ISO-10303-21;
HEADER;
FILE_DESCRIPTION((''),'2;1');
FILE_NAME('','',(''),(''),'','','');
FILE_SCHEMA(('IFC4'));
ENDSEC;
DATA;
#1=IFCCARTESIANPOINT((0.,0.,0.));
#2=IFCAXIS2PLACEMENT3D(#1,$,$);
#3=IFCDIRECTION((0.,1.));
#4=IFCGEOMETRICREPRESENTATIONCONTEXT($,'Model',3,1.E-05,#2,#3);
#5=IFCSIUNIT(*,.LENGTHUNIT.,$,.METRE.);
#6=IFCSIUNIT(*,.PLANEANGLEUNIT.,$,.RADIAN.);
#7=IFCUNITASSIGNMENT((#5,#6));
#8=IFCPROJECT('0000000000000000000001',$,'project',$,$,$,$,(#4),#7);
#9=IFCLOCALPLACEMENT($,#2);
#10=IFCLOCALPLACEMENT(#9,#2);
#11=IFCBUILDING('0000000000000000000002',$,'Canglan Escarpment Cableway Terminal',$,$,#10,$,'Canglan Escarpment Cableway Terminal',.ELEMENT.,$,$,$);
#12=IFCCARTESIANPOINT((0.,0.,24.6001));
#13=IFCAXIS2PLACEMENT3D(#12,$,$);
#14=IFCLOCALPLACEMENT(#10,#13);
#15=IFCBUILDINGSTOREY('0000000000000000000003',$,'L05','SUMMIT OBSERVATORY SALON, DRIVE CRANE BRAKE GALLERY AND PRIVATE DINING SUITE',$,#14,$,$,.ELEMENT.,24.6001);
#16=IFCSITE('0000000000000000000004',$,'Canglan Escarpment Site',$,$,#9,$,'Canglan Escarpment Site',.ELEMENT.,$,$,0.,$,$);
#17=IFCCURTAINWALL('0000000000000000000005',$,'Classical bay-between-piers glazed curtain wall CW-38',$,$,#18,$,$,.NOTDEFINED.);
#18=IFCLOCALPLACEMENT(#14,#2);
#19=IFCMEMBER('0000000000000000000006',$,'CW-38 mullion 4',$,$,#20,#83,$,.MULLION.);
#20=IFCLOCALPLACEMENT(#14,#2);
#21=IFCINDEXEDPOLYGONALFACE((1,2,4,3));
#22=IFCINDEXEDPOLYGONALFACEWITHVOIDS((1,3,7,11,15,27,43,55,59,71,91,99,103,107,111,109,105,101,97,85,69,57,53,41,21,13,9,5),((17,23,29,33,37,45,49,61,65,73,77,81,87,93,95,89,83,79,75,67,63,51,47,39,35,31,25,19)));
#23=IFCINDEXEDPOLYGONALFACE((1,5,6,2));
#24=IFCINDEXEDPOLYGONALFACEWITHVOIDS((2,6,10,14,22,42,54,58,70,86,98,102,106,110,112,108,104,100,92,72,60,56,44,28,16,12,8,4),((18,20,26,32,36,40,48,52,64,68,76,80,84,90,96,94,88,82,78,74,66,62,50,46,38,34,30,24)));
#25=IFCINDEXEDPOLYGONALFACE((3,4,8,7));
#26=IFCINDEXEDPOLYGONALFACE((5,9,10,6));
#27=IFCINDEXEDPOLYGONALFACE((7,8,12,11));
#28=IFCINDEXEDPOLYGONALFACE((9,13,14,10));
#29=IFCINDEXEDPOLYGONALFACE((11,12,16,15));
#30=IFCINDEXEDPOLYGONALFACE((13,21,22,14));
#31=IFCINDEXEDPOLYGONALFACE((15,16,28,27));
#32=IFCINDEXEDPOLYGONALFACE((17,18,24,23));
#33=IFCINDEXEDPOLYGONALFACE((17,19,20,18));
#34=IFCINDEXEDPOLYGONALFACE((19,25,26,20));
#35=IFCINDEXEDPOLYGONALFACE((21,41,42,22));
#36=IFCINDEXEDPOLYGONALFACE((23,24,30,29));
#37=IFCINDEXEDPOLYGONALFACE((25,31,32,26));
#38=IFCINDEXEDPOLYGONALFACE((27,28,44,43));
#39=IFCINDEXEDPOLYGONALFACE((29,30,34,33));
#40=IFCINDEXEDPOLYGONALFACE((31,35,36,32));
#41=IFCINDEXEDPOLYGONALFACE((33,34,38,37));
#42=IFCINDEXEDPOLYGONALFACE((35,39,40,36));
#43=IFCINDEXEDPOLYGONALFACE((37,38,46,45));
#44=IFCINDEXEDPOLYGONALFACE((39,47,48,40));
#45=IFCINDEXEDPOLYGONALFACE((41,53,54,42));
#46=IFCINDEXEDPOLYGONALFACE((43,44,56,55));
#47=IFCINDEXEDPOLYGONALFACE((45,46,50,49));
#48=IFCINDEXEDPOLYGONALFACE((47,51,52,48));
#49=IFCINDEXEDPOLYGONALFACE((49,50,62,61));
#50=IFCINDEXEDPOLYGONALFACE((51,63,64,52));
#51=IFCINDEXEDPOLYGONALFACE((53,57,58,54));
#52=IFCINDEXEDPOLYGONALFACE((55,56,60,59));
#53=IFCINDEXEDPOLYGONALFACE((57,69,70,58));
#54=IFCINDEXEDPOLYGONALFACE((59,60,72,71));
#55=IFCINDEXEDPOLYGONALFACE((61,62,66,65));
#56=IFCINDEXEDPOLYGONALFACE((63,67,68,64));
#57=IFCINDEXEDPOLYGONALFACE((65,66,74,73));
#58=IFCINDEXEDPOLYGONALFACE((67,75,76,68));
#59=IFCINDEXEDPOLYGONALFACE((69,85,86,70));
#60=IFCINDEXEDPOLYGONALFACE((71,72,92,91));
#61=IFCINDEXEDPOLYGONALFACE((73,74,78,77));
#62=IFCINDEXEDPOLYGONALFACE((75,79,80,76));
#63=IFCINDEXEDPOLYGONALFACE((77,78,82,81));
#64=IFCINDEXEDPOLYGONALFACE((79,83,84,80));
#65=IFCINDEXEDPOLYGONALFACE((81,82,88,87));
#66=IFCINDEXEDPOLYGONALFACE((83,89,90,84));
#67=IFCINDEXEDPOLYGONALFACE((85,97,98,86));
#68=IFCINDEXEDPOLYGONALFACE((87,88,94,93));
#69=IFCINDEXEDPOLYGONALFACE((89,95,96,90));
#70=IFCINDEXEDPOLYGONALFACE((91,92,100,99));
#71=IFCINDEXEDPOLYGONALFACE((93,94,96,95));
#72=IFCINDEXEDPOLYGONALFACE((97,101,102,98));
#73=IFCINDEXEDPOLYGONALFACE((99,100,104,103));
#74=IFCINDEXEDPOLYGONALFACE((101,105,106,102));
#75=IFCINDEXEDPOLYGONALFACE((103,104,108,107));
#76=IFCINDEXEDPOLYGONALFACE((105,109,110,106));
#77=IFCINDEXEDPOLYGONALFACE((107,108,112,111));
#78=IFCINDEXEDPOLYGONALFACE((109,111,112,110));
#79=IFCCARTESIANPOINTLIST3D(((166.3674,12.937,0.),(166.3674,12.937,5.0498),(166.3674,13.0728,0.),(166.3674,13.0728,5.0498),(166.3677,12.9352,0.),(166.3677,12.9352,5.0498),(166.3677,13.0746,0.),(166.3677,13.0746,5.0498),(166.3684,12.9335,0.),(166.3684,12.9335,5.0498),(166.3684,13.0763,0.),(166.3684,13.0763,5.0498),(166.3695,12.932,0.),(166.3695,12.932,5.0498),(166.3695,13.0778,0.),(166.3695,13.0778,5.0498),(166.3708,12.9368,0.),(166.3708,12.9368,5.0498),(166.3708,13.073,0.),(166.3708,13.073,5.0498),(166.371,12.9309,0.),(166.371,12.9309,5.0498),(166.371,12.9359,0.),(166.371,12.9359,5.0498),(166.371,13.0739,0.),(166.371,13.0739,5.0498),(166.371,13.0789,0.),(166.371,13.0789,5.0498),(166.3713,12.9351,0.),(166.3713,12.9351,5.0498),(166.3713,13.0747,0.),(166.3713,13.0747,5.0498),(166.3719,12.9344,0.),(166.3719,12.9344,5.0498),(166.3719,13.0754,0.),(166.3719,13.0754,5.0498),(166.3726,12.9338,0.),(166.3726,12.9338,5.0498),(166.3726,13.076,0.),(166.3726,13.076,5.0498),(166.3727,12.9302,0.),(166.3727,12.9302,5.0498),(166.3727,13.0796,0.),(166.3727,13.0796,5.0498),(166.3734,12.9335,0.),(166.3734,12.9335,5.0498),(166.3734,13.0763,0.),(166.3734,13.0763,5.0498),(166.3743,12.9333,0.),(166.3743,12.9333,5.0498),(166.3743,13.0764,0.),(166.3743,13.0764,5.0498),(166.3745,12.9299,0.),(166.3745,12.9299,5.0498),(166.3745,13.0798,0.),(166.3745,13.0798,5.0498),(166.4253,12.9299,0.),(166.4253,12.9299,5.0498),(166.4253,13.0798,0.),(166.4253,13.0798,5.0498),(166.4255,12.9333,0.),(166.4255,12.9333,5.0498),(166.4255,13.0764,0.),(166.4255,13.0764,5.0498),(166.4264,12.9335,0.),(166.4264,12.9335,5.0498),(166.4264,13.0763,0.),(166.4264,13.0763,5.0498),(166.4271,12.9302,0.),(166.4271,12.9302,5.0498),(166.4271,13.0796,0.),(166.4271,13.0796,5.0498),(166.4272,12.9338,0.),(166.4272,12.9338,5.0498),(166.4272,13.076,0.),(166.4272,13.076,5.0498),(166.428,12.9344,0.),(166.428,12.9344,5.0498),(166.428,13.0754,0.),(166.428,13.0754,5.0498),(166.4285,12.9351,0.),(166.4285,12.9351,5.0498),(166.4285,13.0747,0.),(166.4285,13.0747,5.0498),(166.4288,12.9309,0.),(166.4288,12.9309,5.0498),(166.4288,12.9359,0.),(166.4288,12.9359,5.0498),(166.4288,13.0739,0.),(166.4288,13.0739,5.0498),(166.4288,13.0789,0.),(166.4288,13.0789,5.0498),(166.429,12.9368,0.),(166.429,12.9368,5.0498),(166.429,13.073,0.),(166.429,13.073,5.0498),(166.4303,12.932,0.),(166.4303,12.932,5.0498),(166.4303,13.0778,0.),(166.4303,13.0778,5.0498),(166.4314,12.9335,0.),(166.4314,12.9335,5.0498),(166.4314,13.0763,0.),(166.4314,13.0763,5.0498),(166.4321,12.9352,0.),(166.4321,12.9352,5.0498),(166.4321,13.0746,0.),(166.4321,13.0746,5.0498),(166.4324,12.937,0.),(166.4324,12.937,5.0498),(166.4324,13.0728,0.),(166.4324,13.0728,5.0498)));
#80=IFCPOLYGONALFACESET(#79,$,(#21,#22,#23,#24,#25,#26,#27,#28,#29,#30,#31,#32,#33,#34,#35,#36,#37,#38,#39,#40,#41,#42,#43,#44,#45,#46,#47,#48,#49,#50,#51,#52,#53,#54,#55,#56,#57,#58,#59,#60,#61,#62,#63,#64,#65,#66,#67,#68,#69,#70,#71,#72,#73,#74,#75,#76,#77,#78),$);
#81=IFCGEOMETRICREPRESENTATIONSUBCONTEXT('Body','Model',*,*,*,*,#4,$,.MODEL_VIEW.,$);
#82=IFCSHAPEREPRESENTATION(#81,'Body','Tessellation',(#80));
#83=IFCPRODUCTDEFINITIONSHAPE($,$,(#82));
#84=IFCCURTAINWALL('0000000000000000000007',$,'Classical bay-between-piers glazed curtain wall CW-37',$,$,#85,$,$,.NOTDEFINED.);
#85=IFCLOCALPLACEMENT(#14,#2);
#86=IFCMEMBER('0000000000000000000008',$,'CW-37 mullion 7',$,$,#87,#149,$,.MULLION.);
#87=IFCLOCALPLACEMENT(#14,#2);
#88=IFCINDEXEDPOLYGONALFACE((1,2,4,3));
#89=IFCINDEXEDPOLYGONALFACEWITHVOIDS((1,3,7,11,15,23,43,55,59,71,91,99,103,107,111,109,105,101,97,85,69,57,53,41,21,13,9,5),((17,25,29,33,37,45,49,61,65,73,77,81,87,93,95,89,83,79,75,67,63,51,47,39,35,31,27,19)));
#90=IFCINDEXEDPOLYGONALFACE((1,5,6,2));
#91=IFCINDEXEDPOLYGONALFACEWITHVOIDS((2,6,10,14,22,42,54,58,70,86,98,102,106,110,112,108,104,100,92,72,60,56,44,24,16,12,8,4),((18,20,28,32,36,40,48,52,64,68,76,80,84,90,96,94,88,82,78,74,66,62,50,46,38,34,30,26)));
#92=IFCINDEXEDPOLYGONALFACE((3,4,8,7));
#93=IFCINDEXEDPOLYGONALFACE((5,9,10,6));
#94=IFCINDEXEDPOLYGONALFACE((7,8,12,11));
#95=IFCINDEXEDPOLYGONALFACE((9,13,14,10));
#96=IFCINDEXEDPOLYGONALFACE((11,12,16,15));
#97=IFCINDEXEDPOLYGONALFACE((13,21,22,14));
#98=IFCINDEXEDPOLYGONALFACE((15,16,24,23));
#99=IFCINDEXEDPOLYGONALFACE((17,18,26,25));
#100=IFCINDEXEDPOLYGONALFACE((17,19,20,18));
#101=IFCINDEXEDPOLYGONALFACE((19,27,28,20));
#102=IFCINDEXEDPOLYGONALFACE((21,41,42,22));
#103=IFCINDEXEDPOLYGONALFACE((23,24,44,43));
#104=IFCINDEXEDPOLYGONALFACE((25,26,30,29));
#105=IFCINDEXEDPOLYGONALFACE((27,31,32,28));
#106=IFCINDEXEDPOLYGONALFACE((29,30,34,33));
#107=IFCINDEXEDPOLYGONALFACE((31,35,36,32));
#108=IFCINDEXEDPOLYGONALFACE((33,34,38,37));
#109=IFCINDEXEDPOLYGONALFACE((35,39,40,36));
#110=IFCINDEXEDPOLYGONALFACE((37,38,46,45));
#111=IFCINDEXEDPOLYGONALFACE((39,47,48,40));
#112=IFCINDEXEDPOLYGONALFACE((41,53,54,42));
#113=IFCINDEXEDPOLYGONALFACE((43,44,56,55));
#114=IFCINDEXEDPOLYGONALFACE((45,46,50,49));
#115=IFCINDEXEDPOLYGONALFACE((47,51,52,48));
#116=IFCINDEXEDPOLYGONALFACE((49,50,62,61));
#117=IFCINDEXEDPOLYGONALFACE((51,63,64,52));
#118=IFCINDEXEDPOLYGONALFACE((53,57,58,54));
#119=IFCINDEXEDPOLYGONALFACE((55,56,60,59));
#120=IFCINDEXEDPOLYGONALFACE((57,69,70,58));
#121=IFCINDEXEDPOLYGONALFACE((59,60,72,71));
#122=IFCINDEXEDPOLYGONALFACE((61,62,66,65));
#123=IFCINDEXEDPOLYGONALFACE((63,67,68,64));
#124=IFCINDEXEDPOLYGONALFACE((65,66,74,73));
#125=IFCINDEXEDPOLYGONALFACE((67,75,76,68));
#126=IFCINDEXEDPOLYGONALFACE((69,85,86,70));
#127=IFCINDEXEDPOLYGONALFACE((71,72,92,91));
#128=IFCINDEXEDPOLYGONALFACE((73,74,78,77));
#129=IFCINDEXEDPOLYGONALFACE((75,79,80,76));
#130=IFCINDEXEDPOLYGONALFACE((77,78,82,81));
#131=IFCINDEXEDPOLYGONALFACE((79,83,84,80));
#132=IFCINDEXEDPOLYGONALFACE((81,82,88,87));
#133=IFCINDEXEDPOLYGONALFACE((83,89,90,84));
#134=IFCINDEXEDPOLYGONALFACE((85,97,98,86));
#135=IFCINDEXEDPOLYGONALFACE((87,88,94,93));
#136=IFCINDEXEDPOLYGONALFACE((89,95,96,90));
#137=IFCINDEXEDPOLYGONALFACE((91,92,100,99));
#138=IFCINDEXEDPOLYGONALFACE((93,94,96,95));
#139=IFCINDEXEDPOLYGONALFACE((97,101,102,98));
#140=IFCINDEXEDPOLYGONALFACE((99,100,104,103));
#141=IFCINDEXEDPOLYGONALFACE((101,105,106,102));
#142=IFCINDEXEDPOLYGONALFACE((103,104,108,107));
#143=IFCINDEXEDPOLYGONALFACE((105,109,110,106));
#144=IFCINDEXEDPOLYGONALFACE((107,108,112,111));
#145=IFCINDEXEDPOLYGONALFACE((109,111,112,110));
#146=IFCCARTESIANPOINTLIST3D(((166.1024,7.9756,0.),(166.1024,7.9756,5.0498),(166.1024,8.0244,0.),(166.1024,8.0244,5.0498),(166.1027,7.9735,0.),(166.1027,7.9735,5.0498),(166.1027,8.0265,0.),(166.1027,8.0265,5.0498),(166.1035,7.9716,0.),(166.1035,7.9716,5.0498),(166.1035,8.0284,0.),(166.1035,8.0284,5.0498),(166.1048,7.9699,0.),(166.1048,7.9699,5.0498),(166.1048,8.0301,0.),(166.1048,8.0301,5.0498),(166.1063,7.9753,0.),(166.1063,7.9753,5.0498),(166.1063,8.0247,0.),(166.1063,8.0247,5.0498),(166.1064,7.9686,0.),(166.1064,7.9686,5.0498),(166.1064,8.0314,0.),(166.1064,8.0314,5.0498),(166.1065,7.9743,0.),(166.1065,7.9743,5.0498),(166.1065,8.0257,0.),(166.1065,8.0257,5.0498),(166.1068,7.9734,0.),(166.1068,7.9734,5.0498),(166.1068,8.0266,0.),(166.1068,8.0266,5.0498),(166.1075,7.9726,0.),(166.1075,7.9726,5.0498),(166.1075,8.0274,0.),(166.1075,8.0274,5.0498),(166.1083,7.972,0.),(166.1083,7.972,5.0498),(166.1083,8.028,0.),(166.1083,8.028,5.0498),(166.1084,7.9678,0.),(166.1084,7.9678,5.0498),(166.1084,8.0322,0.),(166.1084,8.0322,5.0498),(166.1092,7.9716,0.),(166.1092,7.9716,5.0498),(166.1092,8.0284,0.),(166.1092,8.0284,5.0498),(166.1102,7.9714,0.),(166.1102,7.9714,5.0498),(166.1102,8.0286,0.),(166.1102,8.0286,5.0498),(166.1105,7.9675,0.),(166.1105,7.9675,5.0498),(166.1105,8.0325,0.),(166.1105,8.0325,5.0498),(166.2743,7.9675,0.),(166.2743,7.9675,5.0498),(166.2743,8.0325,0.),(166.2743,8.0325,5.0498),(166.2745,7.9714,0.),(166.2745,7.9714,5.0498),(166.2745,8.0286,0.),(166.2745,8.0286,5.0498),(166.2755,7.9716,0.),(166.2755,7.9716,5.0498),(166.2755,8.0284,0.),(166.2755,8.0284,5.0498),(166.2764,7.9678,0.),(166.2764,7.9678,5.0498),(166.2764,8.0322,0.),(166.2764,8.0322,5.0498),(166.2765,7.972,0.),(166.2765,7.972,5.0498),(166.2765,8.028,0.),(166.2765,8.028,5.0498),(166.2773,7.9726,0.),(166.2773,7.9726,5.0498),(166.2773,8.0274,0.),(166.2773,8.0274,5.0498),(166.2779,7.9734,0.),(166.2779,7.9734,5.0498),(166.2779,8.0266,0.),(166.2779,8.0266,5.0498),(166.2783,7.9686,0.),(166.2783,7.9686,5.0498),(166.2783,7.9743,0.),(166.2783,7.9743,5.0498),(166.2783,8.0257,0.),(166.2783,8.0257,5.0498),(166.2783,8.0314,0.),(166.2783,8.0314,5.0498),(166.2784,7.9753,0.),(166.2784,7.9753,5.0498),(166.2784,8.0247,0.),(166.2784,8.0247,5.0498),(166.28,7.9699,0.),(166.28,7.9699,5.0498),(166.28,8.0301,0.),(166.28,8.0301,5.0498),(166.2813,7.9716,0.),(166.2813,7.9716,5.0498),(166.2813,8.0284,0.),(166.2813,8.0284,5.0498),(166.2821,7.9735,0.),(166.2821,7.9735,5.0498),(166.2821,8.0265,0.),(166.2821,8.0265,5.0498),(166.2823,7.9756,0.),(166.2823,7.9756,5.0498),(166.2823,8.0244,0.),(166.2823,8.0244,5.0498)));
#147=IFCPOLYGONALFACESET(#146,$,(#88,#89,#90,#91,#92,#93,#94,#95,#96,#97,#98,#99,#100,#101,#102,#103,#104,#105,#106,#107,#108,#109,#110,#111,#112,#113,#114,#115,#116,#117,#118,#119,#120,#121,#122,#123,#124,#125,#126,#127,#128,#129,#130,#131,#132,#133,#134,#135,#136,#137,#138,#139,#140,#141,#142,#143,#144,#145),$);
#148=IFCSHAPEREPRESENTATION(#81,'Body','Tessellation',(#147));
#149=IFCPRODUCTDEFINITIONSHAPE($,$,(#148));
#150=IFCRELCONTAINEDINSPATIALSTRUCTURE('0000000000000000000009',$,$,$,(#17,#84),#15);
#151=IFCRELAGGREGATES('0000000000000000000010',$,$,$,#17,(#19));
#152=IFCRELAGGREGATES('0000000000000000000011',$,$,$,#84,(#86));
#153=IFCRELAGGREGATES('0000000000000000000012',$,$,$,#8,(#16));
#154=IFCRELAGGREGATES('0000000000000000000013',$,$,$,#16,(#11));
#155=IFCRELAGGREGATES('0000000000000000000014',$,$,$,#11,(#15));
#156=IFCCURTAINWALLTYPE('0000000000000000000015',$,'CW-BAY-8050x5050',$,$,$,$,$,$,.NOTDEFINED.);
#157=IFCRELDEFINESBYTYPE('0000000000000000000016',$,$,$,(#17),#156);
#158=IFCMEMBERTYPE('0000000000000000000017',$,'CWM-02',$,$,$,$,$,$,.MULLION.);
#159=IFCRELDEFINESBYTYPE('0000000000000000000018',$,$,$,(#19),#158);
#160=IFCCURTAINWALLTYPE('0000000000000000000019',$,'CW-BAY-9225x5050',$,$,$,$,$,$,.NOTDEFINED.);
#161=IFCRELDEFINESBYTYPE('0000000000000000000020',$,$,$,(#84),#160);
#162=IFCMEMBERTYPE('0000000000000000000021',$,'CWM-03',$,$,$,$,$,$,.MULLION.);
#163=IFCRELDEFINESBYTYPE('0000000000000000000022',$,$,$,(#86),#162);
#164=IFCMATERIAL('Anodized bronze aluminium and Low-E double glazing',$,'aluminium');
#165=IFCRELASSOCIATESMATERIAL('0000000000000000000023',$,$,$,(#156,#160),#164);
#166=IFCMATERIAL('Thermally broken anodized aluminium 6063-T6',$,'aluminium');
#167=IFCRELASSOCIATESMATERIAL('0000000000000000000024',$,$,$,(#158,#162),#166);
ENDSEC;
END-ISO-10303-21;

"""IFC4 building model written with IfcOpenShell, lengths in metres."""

from ifc_helpers import new_model, si_unit, direction, frame, origin, origin_2d, place, context, subcontext, project, spatial, hollow_rectangle, extrude, material, material_profile, profile_set, type_object, element, aggregate, save


model = new_model("IFC4")

# Units and contexts
model_context = context("Model", 3, precision=1e-05, world=origin(), true_north=direction((0.0, 1.0)))
body_context = subcontext(model_context, "Body", "Model", "MODEL_VIEW")
ifc_project = project(units=[si_unit("LENGTHUNIT", "METRE"), si_unit("PLANEANGLEUNIT", "RADIAN")], contexts=[model_context])

# Site, building, storey
site_placement = place(None, origin())
site = spatial("IfcSite", under=ifc_project, at=site_placement, Name="Canglan Escarpment Site", LongName="Canglan Escarpment Site", CompositionType="ELEMENT", RefElevation=0.0)
building_placement = place(site_placement, origin())
building = spatial("IfcBuilding", under=site, at=building_placement, Name="Canglan Escarpment Cableway Terminal", LongName="Canglan Escarpment Cableway Terminal", CompositionType="ELEMENT")
storey_placement = place(building_placement, frame((0.0, 0.0, 24.6001)))
storey = spatial("IfcBuildingStorey", under=building, at=storey_placement, Name="L05", Description="SUMMIT OBSERVATORY SALON, DRIVE CRANE BRAKE GALLERY AND PRIVATE DINING SUITE", CompositionType="ELEMENT", Elevation=24.6001)

# Curtain wall, member
ifc_material_1 = material(Name="Anodized bronze aluminium and Low-E double glazing", Category="aluminium")
curtain_wall_type_1 = type_object("IfcCurtainWallType", Name="CW-BAY-8050x5050", PredefinedType="NOTDEFINED", material=ifc_material_1)
curtain_wall_1_placement = place(storey_placement, origin())
curtain_wall_1 = element("IfcCurtainWall", 1, at=curtain_wall_1_placement, inside=storey, type_object=curtain_wall_type_1, Name="Classical bay-between-piers glazed curtain wall CW-38", PredefinedType="NOTDEFINED")
ifc_material_2 = material(Name="Thermally broken anodized aluminium 6063-T6", Category="aluminium")
ifc_material_profile_1 = material_profile(ifc_material_2, hollow_rectangle(XDim=0.0649, YDim=0.1499, WallThickness=0.0034, InnerFilletRadius=0.0034, OuterFilletRadius=0.0071, at=origin_2d()), Name="ALU-MULL 65x150x3.5")
ifc_profile_set_1 = profile_set([ifc_material_profile_1], Name="Thermally broken anodized aluminium 6063-T6")
member_type_1 = type_object("IfcMemberType", Name="CWM-02", PredefinedType="MULLION", material=ifc_profile_set_1)
member_1_placement = place(storey_placement, frame((166.3999, 13.0049, 0.0), z_axis=(0.0, 0.0, 1.0), x_axis=(-1.0, 0.0, 0.0)))
member_1 = element("IfcMember", 2, at=member_1_placement, type_object=member_type_1, Name="CW-38 mullion 4", PredefinedType="MULLION", context=body_context, shape_type="SweptSolid", body=[
    extrude(hollow_rectangle(XDim=0.0649, YDim=0.1499, WallThickness=0.0034, InnerFilletRadius=0.0034, OuterFilletRadius=0.0071, at=origin_2d()), origin(), (0.0, 0.0, 1.0), 5.0498),
])

# Curtain wall, member
curtain_wall_type_2 = type_object("IfcCurtainWallType", Name="CW-BAY-9225x5050", PredefinedType="NOTDEFINED", material=ifc_material_1)
curtain_wall_2_placement = place(storey_placement, origin())
curtain_wall_2 = element("IfcCurtainWall", 3, at=curtain_wall_2_placement, inside=storey, type_object=curtain_wall_type_2, Name="Classical bay-between-piers glazed curtain wall CW-37", PredefinedType="NOTDEFINED")
ifc_material_profile_2 = material_profile(ifc_material_2, hollow_rectangle(XDim=0.0649, YDim=0.1799, WallThickness=0.0039, InnerFilletRadius=0.0039, OuterFilletRadius=0.0081, at=origin_2d()), Name="ALU-MULL 65x180x4")
ifc_profile_set_2 = profile_set([ifc_material_profile_2], Name="Thermally broken anodized aluminium 6063-T6")
member_type_2 = type_object("IfcMemberType", Name="CWM-03", PredefinedType="MULLION", material=ifc_profile_set_2)
member_2_placement = place(storey_placement, frame((166.1924, 8.0, 0.0), z_axis=(0.0, 0.0, 1.0), x_axis=(0.0, 1.0, 0.0)))
member_2 = element("IfcMember", 4, at=member_2_placement, type_object=member_type_2, Name="CW-37 mullion 7", PredefinedType="MULLION", context=body_context, shape_type="SweptSolid", body=[
    extrude(hollow_rectangle(XDim=0.0649, YDim=0.1799, WallThickness=0.0039, InnerFilletRadius=0.0039, OuterFilletRadius=0.0081, at=origin_2d()), origin(), (0.0, 0.0, 1.0), 5.0498),
])

aggregate(curtain_wall_1, [member_1])
aggregate(curtain_wall_2, [member_2])

save(model, "model.ifc")
